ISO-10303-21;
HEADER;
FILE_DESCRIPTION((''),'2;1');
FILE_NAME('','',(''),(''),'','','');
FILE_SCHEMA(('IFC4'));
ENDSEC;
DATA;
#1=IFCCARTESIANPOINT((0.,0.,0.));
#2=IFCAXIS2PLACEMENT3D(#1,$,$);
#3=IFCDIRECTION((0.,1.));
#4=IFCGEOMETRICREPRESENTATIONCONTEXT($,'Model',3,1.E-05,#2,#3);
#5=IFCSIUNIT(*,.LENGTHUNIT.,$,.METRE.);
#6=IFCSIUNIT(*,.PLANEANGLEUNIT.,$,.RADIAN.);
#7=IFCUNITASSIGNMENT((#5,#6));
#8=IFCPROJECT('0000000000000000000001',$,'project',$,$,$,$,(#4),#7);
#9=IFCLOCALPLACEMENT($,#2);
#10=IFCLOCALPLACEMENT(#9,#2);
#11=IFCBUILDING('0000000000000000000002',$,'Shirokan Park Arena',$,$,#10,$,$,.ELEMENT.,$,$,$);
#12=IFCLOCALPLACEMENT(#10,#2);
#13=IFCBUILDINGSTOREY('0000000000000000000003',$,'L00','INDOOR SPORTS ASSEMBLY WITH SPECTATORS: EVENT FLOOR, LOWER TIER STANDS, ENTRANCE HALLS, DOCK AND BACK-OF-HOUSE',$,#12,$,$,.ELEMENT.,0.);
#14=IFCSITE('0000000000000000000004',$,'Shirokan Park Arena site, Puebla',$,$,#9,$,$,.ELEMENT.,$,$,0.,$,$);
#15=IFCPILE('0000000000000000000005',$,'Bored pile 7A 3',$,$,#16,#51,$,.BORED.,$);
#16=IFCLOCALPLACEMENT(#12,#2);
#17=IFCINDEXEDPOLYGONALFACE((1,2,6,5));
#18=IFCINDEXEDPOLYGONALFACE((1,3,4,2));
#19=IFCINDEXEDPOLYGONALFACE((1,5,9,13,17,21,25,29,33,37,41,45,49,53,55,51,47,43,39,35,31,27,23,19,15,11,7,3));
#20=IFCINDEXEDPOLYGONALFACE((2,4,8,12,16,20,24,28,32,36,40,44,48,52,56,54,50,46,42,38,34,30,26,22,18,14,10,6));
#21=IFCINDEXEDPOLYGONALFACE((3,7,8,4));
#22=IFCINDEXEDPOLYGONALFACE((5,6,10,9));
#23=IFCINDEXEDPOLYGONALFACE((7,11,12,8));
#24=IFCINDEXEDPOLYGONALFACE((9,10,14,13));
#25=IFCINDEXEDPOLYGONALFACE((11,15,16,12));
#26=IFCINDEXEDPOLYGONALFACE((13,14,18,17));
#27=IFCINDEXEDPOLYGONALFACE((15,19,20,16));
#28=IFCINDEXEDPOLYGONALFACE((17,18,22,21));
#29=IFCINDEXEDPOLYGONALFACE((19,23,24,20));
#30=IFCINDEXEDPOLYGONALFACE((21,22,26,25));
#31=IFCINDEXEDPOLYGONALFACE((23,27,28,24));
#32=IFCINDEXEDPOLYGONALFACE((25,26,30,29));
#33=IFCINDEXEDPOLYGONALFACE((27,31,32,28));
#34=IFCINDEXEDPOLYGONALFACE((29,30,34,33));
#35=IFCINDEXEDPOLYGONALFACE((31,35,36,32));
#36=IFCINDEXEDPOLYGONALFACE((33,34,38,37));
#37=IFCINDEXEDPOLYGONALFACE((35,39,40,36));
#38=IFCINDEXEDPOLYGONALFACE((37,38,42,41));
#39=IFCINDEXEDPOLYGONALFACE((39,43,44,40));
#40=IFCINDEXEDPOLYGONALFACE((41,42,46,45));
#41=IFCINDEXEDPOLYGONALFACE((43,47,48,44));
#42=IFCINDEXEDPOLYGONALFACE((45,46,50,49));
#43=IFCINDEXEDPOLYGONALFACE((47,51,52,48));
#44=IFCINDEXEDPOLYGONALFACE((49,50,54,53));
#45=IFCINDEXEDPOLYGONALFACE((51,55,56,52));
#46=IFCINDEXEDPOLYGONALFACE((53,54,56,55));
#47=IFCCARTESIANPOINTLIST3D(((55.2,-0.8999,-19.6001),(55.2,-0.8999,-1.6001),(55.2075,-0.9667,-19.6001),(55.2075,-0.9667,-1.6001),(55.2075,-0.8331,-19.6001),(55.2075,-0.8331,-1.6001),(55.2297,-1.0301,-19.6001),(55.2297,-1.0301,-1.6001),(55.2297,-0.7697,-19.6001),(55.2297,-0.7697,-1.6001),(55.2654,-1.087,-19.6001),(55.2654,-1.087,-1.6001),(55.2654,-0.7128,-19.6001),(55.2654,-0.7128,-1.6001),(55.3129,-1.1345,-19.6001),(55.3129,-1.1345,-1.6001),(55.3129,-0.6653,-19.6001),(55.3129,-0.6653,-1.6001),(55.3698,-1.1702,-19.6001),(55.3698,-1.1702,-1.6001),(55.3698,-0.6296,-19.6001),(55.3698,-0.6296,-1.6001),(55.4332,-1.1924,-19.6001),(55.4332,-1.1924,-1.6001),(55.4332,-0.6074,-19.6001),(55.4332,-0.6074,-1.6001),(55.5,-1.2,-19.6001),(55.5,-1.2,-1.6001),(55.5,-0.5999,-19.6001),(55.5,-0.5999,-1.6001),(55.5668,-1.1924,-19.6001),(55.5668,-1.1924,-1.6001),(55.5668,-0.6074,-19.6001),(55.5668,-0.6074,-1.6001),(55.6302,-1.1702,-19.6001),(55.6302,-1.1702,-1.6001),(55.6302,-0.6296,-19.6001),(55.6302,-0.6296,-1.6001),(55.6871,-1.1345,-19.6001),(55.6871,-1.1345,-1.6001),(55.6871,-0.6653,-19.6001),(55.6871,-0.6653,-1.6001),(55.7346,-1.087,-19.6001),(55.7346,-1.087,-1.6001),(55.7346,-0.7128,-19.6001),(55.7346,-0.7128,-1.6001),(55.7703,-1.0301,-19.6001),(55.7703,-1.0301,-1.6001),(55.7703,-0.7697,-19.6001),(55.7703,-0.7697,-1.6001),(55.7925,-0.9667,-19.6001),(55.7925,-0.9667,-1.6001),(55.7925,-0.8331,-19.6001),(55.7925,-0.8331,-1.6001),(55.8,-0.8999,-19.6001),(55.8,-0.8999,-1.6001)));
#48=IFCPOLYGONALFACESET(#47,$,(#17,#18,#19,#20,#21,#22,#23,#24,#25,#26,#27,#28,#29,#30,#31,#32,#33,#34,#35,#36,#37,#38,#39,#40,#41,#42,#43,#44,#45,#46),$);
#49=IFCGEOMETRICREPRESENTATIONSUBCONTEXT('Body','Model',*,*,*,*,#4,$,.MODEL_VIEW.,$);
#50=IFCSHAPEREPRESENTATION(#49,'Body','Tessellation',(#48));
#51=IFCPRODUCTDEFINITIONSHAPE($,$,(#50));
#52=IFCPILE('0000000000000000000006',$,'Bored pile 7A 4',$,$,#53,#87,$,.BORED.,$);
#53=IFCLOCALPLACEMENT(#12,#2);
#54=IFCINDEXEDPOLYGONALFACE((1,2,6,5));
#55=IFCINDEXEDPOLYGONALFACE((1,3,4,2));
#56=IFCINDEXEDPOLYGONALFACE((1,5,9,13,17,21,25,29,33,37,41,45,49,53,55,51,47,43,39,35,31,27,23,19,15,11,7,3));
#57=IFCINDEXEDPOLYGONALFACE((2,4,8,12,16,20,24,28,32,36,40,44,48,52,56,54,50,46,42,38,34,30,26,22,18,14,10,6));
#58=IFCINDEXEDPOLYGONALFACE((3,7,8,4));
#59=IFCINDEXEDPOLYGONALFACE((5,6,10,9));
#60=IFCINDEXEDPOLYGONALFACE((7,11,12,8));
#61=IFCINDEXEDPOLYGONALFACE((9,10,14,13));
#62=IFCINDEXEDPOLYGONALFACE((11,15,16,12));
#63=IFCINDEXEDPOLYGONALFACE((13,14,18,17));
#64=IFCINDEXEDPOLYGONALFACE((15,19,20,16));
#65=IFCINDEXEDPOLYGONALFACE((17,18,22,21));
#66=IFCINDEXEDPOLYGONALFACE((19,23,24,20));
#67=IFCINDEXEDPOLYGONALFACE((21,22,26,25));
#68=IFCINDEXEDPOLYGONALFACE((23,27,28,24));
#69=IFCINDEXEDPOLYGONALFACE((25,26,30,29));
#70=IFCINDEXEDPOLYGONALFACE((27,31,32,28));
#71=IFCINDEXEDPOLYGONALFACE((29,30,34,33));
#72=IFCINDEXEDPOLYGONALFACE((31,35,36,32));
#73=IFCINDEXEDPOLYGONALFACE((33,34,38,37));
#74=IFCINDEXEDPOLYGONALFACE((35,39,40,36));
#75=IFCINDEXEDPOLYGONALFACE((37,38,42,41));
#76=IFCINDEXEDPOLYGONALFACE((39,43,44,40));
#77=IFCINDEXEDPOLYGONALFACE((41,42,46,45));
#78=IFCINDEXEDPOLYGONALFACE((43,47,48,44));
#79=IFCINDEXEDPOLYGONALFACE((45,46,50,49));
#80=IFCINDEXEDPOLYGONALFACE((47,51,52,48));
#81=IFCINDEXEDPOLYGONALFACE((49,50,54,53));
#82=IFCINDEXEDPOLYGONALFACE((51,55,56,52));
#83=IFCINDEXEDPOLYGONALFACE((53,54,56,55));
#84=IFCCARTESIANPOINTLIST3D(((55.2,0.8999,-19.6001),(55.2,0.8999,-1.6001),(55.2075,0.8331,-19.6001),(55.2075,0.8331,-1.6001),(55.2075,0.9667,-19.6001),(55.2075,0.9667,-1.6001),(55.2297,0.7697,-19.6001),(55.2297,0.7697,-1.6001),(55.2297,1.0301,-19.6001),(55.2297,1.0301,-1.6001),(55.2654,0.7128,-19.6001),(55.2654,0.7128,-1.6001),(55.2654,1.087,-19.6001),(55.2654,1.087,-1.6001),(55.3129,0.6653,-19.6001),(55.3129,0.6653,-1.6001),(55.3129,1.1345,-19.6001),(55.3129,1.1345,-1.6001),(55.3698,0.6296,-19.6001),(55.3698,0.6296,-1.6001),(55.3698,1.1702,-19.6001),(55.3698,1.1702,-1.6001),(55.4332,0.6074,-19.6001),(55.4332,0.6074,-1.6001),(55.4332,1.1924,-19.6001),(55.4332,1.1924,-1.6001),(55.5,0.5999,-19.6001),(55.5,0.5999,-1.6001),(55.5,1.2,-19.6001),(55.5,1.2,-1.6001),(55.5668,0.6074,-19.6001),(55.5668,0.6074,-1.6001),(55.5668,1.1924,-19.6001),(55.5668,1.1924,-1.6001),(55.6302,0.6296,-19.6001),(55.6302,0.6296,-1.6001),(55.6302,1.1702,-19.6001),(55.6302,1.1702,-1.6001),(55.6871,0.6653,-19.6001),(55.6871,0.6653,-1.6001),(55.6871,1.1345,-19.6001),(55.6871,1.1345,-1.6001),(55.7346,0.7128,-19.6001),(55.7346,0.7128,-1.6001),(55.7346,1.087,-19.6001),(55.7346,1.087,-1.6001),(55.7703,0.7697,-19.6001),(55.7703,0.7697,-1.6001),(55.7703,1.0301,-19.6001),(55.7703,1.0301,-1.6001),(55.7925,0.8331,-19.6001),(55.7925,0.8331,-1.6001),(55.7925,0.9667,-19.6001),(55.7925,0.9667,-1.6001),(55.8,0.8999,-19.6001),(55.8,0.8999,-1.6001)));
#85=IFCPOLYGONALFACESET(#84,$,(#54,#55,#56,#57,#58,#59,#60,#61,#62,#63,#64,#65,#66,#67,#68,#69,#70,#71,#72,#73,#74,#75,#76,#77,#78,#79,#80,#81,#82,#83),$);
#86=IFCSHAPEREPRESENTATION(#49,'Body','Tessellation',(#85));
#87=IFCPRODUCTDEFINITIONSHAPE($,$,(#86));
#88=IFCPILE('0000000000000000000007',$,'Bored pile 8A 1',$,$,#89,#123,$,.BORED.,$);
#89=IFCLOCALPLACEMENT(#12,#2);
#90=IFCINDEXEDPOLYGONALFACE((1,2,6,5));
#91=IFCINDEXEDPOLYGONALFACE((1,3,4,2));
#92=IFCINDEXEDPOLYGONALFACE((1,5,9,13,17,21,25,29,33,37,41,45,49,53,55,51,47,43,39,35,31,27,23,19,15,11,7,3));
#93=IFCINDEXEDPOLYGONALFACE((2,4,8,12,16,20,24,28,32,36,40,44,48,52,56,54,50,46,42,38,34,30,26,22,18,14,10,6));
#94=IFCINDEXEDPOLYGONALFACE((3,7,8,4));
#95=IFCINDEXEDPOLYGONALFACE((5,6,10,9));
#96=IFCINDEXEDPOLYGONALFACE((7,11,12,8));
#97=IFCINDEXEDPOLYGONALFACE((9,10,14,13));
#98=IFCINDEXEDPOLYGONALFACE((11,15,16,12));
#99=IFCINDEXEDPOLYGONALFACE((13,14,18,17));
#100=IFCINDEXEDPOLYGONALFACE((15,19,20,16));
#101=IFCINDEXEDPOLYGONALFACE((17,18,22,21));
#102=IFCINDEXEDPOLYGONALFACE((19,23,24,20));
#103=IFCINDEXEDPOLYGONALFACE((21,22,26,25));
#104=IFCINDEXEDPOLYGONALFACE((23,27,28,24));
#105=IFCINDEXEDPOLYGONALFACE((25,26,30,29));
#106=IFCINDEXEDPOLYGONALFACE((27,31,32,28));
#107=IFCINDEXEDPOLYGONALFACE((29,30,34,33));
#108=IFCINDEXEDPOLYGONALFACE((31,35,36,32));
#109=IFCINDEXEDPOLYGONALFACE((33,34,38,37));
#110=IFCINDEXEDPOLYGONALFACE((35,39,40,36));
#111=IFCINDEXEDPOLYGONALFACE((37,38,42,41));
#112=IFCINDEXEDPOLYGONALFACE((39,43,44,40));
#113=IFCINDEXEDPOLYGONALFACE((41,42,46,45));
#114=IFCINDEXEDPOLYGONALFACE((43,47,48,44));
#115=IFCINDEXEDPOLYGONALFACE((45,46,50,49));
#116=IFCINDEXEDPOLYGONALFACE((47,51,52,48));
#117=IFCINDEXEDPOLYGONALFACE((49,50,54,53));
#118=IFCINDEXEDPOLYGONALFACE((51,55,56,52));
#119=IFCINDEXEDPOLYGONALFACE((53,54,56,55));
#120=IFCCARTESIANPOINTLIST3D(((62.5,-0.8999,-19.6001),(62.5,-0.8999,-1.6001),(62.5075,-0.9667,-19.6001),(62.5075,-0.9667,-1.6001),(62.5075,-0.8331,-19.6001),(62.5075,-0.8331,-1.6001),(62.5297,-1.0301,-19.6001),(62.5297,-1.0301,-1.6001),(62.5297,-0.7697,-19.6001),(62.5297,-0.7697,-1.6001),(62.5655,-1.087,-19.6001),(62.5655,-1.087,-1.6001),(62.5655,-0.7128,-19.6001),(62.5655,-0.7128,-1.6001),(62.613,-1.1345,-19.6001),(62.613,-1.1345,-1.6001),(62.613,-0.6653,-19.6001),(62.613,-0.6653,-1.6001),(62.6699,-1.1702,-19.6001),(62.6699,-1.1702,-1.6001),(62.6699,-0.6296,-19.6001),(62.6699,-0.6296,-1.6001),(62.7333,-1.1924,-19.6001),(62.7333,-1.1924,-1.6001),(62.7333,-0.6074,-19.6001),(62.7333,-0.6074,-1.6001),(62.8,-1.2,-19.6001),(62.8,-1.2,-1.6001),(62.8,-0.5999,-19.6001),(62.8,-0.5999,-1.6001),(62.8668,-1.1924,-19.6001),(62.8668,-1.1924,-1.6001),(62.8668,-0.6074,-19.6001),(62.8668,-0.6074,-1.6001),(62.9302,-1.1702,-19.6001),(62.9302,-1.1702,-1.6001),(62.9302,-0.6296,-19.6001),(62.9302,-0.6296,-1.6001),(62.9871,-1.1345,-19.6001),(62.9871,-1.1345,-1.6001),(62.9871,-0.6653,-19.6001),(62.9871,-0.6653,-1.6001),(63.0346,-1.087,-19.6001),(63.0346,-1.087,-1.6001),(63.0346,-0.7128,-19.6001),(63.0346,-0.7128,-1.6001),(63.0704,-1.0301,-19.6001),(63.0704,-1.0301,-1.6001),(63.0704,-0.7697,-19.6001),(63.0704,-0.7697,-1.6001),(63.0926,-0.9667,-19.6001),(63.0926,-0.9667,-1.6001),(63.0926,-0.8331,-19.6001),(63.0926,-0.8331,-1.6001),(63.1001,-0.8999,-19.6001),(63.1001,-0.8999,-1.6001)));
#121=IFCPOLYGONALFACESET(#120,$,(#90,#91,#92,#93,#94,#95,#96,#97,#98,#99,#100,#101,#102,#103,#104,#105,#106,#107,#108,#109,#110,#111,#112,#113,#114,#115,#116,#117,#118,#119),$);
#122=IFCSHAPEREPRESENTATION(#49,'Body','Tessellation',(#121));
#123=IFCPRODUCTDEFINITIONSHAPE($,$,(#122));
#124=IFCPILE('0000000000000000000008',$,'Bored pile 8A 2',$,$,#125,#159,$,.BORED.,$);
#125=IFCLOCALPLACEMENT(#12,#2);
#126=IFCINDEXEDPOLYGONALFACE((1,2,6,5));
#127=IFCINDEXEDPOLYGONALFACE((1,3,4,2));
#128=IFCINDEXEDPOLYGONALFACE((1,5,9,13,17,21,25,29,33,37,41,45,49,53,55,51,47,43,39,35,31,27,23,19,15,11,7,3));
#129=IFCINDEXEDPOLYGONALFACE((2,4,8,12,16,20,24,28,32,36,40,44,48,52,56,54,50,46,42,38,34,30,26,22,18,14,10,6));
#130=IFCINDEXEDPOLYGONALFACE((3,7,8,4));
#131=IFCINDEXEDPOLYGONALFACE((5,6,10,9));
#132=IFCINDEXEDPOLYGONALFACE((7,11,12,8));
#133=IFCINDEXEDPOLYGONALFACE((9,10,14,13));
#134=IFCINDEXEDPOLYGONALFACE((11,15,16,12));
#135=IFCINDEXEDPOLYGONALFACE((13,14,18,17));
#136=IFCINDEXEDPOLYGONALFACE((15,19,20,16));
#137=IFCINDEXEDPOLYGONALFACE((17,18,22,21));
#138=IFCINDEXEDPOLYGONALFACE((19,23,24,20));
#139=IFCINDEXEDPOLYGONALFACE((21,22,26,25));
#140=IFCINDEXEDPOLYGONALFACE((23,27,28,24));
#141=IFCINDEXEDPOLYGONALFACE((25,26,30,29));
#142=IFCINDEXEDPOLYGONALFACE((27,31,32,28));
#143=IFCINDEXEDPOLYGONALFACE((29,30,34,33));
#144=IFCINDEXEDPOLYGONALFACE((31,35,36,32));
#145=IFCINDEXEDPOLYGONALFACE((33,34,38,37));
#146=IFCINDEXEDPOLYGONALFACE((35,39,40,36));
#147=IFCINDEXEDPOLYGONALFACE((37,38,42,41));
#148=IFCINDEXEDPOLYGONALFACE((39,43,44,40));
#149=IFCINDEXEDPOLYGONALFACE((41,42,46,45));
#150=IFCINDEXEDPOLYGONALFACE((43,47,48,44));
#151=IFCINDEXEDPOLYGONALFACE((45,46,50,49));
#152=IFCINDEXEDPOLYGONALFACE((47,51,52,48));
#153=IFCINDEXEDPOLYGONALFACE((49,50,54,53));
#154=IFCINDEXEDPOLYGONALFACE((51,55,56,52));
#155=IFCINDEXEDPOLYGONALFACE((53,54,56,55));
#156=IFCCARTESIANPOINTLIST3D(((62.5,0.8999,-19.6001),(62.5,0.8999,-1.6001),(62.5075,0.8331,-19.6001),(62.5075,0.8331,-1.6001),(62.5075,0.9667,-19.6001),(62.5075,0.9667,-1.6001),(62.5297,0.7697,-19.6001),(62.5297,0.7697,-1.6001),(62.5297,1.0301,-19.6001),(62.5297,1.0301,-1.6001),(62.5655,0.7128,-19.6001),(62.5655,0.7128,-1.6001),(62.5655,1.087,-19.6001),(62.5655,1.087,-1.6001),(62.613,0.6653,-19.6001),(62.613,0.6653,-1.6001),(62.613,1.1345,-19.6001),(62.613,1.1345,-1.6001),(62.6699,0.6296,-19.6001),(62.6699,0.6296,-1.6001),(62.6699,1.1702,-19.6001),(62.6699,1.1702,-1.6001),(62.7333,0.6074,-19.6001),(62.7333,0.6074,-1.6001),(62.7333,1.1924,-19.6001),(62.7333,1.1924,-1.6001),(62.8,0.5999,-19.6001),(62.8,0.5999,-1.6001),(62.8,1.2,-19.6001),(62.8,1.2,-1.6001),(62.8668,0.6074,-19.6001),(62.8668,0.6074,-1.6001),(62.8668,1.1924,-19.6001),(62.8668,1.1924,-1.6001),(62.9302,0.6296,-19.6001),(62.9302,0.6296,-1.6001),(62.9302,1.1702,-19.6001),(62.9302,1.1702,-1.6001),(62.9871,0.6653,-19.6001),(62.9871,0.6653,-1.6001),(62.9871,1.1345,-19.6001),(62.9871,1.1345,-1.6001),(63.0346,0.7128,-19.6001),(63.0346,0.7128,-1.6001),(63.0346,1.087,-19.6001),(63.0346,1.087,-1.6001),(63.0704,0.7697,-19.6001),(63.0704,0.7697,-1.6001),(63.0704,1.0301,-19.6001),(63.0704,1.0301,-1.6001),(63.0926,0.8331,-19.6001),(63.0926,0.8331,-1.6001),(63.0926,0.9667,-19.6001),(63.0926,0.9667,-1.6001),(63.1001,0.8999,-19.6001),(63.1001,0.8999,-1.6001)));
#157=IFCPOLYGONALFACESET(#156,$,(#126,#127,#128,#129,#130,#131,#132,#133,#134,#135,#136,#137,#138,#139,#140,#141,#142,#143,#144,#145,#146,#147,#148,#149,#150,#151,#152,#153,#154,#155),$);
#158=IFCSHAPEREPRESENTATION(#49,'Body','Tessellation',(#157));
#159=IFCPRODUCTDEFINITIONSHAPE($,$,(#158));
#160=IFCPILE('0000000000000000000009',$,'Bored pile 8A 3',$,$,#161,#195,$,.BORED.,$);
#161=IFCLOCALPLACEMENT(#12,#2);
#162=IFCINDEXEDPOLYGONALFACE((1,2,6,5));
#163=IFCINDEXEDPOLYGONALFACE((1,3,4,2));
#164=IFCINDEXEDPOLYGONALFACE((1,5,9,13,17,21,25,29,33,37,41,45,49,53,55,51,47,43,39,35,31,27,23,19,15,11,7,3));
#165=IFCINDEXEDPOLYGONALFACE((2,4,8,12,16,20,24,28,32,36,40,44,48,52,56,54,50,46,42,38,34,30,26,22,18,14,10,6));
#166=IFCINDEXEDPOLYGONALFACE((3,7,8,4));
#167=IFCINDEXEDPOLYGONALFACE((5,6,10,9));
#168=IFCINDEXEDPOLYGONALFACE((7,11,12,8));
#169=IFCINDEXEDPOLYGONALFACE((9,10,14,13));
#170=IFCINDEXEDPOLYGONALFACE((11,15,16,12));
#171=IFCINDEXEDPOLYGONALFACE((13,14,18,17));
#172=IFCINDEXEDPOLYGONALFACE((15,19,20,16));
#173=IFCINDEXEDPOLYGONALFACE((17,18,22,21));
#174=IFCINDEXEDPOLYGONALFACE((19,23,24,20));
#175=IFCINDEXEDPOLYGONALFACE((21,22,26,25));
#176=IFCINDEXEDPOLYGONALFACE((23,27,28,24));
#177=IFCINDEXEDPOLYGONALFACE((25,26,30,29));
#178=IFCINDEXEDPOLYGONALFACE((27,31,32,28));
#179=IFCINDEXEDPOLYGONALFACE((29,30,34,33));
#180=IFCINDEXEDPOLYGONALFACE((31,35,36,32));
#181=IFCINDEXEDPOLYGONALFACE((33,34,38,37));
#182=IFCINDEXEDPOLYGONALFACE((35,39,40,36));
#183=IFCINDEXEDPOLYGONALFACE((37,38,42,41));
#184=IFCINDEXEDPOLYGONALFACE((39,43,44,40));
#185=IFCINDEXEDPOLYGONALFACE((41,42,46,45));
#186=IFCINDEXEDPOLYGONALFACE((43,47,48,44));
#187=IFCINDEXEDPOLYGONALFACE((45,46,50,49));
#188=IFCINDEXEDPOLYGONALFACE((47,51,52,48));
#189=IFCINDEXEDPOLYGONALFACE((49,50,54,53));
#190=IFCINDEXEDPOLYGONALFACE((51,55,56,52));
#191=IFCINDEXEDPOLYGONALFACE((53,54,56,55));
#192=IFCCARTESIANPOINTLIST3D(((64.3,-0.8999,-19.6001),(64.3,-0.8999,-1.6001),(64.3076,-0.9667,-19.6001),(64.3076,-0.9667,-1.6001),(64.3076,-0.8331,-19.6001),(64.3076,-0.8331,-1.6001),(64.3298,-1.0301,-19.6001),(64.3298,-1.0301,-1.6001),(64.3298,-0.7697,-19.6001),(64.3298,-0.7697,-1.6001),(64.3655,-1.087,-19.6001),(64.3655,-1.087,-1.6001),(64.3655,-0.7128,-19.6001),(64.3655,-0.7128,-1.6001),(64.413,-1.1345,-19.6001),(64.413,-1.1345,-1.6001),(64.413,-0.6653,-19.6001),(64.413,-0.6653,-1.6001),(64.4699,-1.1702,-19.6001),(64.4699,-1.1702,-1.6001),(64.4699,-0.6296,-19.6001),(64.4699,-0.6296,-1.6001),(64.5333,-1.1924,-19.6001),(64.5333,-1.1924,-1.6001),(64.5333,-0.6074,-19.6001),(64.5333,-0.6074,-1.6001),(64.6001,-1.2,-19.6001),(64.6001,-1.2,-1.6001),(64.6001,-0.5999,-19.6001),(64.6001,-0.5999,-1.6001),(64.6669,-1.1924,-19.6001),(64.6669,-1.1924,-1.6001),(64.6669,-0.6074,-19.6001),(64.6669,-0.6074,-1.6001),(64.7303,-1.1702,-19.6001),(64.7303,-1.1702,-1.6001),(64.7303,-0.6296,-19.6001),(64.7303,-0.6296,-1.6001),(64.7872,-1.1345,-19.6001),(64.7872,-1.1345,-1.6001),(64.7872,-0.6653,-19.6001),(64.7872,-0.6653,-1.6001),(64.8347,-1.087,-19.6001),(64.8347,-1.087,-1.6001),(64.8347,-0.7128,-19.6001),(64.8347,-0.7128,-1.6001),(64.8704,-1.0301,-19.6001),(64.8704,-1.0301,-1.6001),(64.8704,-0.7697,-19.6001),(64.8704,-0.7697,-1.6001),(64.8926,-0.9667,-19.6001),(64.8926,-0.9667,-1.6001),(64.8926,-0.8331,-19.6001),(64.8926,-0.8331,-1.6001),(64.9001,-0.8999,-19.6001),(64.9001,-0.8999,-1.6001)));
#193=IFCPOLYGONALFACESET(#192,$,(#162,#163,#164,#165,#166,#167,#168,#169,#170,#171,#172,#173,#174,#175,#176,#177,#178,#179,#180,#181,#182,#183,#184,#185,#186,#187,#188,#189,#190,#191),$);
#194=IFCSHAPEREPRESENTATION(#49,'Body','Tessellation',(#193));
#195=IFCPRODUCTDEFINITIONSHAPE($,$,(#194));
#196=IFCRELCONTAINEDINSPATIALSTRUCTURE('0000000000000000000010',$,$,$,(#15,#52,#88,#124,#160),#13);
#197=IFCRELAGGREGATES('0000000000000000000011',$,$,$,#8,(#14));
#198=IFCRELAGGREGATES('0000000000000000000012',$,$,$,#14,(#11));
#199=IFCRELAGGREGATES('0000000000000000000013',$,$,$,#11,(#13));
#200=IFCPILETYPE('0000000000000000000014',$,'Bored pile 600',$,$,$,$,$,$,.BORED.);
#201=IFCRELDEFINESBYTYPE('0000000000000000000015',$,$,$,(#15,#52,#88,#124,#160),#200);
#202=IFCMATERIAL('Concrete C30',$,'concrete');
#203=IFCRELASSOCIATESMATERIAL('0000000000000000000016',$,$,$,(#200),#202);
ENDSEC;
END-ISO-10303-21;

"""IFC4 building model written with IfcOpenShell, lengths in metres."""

from ifc_helpers import new_model, si_unit, direction, frame, origin, origin_2d, place, context, subcontext, project, spatial, circle, extrude, material, material_profile, profile_set, type_object, element, save


model = new_model("IFC4")

# Units and contexts
model_context = context("Model", 3, precision=1e-05, world=origin(), true_north=direction((0.0, 1.0)))
body_context = subcontext(model_context, "Body", "Model", "MODEL_VIEW")
ifc_project = project(units=[si_unit("LENGTHUNIT", "METRE"), si_unit("PLANEANGLEUNIT", "RADIAN")], contexts=[model_context])

# Site, building, storey
site_placement = place(None, origin())
site = spatial("IfcSite", under=ifc_project, at=site_placement, Name="Shirokan Park Arena site, Puebla", CompositionType="ELEMENT", RefElevation=0.0)
building_placement = place(site_placement, origin())
building = spatial("IfcBuilding", under=site, at=building_placement, Name="Shirokan Park Arena", CompositionType="ELEMENT")
storey_placement = place(building_placement, origin())
storey = spatial("IfcBuildingStorey", under=building, at=storey_placement, Name="L00", Description="INDOOR SPORTS ASSEMBLY WITH SPECTATORS: EVENT FLOOR, LOWER TIER STANDS, ENTRANCE HALLS, DOCK AND BACK-OF-HOUSE", CompositionType="ELEMENT", Elevation=0.0)

# Piles
ifc_material_1 = material(Name="Concrete C30", Category="concrete")
ifc_material_profile_1 = material_profile(ifc_material_1, circle(Radius=0.3, at=origin_2d()), Name="D600")
ifc_profile_set_1 = profile_set([ifc_material_profile_1], Name="Concrete C30")
pile_type = type_object("IfcPileType", Name="Bored pile 600", PredefinedType="BORED", material=ifc_profile_set_1)
for number, where, z_axis, x_axis, name in (
    (1, (55.5, -0.8999, -1.6001), (0.0, 0.0, -1.0), (1.0, 0.0, 0.0), "Bored pile 7A 3"),
    (2, (55.5, 0.8999, -1.6001), (0.0, 0.0, -1.0), (1.0, 0.0, 0.0), "Bored pile 7A 4"),
    (3, (62.8, -0.8999, -1.6001), (0.0, 0.0, -1.0), (1.0, 0.0, 0.0), "Bored pile 8A 1"),
    (4, (62.8, 0.8999, -1.6001), (0.0, 0.0, -1.0), (1.0, 0.0, 0.0), "Bored pile 8A 2"),
    (5, (64.6001, -0.8999, -1.6001), (0.0, 0.0, -1.0), (1.0, 0.0, 0.0), "Bored pile 8A 3"),
):
    element("IfcPile", number, at=place(storey_placement, frame(where, z_axis=z_axis, x_axis=x_axis)), inside=storey, type_object=pile_type, Name=name, PredefinedType="BORED", context=body_context, shape_type="SweptSolid", body=[
        extrude(circle(Radius=0.3, at=origin_2d()), origin(), (0.0, 0.0, 1.0), 18.0),
    ])

save(model, "model.ifc")
